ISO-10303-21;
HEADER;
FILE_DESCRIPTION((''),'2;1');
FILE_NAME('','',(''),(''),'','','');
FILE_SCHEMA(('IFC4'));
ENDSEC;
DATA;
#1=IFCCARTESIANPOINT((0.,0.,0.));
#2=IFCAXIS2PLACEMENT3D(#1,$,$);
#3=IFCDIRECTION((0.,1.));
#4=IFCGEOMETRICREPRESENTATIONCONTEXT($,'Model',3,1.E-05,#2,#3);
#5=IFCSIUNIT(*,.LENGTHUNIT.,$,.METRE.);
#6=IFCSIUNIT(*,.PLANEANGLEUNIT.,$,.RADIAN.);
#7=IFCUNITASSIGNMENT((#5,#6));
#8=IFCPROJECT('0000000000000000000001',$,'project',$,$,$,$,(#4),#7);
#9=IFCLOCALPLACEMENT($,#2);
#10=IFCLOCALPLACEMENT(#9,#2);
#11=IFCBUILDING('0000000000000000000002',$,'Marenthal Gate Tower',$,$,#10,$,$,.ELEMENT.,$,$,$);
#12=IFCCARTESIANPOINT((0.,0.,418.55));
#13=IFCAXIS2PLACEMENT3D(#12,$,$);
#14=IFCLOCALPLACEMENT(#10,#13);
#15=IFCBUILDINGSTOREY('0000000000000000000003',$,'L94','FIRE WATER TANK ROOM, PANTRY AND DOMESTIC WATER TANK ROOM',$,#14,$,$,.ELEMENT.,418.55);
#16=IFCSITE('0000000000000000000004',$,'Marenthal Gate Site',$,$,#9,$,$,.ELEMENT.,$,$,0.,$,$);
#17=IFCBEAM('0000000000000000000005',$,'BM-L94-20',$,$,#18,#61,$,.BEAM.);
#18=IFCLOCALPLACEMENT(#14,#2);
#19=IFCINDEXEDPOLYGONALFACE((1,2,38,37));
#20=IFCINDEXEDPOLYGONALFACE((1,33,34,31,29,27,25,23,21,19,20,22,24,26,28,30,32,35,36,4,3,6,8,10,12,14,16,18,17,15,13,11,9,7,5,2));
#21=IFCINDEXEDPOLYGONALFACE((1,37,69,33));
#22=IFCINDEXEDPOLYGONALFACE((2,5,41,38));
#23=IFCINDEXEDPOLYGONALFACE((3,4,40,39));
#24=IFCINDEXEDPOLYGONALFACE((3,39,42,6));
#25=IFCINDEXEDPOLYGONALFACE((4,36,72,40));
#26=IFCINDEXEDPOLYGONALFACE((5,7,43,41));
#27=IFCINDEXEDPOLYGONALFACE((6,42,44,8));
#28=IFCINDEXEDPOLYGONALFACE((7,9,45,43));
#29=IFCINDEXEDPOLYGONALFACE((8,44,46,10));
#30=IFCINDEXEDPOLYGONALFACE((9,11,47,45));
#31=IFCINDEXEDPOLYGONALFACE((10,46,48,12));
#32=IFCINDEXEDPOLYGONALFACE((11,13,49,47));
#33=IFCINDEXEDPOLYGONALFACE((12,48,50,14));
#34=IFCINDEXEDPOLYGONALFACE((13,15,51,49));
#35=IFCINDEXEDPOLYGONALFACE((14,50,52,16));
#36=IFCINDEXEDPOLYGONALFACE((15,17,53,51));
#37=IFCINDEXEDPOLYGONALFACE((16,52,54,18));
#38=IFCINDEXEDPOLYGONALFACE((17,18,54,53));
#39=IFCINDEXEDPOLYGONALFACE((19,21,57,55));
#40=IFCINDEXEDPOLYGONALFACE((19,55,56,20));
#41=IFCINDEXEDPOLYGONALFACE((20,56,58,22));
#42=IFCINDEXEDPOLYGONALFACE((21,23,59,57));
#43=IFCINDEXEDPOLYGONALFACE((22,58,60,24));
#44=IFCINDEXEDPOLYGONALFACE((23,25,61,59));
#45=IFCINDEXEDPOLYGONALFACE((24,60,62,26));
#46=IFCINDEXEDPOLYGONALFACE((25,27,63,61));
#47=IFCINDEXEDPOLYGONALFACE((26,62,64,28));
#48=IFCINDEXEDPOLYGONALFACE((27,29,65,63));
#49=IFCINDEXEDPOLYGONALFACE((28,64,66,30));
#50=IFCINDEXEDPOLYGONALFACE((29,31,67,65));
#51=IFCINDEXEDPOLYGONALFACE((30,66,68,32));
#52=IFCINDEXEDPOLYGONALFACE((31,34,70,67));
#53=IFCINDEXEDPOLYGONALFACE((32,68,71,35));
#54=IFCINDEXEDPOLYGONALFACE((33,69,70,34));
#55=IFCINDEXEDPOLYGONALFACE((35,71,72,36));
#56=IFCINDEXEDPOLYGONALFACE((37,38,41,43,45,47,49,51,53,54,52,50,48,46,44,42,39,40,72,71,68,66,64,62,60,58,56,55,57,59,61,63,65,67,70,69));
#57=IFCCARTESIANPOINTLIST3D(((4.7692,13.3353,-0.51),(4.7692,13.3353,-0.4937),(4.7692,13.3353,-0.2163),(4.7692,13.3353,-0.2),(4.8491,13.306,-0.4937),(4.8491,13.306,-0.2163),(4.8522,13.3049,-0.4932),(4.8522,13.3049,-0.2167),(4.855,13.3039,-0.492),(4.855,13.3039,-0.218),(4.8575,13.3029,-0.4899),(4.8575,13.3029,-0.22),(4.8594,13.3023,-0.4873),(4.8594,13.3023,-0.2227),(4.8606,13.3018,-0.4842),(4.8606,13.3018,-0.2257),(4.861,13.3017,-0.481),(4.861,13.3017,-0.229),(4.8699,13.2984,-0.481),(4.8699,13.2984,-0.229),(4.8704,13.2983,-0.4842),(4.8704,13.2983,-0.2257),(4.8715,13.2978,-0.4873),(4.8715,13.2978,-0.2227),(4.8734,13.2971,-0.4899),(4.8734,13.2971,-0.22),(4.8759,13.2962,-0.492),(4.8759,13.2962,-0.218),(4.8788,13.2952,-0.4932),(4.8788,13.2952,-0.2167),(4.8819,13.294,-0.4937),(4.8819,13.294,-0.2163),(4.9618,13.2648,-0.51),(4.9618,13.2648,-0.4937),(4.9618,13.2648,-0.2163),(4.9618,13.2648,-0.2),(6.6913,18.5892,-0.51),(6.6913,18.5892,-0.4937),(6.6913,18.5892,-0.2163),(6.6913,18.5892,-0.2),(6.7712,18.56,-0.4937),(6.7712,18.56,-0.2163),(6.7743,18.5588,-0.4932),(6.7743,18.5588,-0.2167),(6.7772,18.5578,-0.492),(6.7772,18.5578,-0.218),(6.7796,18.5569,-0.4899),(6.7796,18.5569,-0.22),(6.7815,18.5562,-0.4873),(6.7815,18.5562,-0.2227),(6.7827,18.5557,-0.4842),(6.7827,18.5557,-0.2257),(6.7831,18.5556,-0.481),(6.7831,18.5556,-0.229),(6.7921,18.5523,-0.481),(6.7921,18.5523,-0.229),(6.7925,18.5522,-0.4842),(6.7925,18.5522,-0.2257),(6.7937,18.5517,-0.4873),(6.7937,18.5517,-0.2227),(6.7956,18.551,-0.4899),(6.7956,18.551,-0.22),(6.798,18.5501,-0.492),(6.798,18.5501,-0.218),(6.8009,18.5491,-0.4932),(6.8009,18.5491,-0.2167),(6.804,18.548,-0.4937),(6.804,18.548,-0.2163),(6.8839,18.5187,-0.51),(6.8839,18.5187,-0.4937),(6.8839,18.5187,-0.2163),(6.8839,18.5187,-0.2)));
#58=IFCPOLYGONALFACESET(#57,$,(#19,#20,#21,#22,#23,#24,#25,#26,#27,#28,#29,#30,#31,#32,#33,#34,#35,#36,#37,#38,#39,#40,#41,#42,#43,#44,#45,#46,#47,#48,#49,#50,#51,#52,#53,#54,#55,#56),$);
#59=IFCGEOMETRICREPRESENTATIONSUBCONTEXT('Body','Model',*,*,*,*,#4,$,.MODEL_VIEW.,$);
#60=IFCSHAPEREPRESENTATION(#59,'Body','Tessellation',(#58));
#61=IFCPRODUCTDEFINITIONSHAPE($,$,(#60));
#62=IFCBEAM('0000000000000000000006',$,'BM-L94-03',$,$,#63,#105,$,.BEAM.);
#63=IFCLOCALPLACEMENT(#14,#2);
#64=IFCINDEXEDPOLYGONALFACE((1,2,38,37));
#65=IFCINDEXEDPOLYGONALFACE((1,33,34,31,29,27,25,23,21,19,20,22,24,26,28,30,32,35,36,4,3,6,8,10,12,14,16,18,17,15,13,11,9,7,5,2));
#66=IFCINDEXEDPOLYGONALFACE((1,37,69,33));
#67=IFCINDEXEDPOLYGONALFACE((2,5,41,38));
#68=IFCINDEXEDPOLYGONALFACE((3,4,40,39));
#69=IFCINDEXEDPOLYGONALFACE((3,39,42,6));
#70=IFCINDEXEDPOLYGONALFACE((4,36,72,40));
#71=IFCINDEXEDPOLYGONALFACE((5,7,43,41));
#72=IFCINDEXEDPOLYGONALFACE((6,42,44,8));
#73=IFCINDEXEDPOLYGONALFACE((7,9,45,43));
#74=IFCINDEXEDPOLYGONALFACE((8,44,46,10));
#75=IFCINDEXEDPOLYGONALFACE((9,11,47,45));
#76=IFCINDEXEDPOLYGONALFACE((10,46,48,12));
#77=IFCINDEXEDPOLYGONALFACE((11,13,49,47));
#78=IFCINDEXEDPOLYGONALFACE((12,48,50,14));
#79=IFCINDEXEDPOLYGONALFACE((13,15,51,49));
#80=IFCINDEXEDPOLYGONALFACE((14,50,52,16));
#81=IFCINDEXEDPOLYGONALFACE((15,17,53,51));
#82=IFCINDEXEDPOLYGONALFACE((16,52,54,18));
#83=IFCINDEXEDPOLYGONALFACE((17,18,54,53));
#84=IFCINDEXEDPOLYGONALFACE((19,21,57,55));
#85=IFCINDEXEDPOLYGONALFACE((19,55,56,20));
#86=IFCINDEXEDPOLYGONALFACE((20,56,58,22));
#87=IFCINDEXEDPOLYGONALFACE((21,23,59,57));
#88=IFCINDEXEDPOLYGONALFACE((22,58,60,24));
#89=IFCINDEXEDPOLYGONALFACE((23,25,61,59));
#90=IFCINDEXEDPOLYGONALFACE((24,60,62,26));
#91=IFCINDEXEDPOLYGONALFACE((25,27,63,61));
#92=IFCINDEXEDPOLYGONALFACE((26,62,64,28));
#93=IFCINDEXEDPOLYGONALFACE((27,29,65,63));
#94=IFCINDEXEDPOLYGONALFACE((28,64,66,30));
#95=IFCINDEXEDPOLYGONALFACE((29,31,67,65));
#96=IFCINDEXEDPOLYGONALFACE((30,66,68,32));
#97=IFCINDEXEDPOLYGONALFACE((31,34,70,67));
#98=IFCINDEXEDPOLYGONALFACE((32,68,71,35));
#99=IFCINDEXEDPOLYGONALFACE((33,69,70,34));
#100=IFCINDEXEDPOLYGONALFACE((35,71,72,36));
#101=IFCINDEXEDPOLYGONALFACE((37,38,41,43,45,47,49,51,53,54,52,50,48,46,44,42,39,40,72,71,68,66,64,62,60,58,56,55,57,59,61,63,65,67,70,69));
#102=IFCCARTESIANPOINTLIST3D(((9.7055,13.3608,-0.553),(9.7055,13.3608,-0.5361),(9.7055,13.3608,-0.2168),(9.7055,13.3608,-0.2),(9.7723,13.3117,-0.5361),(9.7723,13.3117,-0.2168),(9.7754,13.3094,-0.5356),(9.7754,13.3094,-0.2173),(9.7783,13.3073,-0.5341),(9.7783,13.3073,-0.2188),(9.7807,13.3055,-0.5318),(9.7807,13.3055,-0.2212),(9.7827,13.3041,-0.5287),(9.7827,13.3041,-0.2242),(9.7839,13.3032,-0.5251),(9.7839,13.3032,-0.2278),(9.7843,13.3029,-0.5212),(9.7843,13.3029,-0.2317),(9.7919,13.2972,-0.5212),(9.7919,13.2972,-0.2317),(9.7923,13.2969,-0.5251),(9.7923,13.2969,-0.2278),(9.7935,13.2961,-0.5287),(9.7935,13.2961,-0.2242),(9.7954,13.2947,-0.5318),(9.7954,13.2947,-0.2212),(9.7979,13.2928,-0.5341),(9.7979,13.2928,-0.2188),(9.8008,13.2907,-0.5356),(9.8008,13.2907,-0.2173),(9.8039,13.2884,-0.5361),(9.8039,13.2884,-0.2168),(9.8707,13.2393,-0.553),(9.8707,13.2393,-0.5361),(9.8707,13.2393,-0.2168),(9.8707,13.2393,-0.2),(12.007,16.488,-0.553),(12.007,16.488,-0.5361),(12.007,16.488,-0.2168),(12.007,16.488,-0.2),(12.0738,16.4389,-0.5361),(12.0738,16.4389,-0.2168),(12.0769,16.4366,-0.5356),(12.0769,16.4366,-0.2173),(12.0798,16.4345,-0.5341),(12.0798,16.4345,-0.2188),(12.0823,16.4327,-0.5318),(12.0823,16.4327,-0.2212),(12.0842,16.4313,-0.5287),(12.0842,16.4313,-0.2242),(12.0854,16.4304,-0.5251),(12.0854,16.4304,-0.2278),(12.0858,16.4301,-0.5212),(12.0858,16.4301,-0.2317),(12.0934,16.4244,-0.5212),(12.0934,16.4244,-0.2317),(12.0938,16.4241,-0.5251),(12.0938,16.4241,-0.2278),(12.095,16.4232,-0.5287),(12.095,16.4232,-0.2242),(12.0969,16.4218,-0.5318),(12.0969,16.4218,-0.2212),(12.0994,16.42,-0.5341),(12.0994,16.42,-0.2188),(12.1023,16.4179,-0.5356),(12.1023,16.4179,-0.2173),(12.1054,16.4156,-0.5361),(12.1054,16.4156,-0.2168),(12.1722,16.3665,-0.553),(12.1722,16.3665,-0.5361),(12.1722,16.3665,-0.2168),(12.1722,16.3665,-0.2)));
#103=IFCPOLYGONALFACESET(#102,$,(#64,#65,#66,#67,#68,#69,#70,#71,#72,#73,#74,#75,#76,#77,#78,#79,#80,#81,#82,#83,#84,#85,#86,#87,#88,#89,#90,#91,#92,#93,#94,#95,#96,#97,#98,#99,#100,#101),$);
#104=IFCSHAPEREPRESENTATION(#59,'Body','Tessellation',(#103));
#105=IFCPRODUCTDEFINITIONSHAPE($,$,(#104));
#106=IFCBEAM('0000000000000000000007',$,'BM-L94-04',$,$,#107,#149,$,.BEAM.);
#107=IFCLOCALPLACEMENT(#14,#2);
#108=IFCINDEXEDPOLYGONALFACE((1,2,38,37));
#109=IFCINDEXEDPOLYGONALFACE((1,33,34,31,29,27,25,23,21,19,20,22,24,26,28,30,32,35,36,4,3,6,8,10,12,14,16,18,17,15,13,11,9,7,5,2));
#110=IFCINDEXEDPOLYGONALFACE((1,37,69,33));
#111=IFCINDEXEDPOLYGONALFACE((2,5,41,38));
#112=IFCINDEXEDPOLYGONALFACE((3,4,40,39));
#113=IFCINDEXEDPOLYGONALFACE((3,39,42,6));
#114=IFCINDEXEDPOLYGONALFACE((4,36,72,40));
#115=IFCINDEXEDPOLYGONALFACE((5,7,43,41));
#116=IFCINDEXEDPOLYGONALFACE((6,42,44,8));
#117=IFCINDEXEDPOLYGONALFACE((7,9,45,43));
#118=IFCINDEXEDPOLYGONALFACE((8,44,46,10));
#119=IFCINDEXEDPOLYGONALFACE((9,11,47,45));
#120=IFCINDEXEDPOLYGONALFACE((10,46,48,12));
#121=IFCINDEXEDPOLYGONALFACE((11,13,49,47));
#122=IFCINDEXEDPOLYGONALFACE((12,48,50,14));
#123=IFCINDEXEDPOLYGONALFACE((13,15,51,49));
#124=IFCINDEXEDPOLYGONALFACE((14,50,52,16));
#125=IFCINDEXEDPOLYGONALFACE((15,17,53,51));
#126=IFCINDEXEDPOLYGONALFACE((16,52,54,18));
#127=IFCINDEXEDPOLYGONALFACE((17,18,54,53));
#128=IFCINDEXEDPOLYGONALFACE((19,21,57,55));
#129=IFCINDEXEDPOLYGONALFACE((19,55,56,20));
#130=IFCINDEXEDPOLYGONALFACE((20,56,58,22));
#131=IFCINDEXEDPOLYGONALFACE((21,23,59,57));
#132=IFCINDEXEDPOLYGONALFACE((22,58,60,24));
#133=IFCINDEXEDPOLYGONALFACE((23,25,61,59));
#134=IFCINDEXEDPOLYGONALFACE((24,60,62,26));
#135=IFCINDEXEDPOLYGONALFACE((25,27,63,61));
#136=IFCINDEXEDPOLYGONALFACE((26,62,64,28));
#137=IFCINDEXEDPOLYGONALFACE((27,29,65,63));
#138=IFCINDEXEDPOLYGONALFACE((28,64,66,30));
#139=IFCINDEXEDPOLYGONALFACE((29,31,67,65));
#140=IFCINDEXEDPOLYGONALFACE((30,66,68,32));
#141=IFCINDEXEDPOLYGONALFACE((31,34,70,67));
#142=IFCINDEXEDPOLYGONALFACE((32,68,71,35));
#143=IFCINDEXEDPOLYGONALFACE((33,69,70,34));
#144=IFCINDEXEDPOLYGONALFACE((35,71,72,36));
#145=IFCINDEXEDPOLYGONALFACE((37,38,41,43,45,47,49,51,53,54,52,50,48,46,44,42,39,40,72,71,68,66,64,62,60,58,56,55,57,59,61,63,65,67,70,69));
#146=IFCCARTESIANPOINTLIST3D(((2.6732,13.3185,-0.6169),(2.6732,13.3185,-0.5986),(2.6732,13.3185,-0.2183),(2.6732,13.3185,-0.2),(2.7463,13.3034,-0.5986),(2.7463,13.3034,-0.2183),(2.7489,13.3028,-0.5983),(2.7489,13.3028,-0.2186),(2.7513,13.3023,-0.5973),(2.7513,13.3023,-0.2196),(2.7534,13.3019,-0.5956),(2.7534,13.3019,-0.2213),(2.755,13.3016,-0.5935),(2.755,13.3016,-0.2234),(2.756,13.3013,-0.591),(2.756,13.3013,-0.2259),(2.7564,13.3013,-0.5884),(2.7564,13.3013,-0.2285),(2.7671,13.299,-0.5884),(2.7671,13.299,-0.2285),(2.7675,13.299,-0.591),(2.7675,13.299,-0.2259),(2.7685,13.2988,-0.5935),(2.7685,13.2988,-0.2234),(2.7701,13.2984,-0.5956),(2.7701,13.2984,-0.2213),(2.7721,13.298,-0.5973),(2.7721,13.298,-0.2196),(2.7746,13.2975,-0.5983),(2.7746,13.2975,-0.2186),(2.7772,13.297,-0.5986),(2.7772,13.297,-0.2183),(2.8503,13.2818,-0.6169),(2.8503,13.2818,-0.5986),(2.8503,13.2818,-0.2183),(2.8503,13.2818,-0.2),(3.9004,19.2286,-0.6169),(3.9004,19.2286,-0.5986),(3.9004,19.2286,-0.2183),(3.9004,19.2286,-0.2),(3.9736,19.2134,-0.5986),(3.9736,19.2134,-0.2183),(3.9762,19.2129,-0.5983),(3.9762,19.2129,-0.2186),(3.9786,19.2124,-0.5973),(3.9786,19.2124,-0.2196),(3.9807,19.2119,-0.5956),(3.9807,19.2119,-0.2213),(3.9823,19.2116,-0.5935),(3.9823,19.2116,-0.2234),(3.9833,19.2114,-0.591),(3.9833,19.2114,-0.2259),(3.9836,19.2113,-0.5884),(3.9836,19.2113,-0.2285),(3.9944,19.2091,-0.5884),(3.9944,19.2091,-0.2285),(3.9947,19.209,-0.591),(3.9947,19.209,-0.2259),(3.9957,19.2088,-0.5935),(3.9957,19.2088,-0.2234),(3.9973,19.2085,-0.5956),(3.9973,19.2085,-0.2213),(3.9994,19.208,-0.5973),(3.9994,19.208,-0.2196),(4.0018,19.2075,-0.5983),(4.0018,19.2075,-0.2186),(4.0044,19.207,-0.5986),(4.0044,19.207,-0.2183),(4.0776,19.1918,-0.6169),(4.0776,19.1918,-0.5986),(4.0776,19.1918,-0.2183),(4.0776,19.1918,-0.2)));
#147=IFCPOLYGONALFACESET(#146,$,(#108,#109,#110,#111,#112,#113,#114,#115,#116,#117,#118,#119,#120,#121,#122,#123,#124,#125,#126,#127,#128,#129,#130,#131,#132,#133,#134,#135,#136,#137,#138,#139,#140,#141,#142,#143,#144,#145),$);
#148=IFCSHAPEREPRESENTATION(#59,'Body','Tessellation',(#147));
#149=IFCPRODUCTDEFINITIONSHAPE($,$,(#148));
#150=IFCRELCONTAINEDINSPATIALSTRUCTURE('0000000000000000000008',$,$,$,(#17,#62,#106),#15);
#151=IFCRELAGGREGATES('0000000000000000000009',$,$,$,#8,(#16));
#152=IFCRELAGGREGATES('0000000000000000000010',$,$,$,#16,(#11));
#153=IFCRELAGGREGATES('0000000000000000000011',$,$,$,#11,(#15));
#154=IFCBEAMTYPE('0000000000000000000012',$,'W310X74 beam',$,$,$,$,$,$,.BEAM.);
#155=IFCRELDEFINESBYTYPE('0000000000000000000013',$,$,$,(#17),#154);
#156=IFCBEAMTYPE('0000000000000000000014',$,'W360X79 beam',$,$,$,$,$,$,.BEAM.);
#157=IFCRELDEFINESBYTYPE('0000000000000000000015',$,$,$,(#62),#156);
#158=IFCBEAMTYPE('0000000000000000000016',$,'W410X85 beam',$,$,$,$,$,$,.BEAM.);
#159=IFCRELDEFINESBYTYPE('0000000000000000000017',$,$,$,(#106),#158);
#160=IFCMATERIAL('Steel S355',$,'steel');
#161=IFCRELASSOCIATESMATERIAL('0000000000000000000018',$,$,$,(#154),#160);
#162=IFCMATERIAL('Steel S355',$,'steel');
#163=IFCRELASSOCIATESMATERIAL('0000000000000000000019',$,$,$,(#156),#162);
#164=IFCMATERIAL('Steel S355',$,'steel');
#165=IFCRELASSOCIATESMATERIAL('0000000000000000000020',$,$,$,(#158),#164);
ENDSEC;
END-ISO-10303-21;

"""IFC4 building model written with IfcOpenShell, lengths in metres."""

from ifc_helpers import new_model, si_unit, direction, frame, origin, origin_2d, place, context, subcontext, project, spatial, i_section, extrude, material, material_profile, profile_set, type_object, element, save


model = new_model("IFC4")

# Units and contexts
model_context = context("Model", 3, precision=1e-05, world=origin(), true_north=direction((0.0, 1.0)))
body_context = subcontext(model_context, "Body", "Model", "MODEL_VIEW")
ifc_project = project(units=[si_unit("LENGTHUNIT", "METRE"), si_unit("PLANEANGLEUNIT", "RADIAN")], contexts=[model_context])

# Site, building, storey
site_placement = place(None, origin())
site = spatial("IfcSite", under=ifc_project, at=site_placement, Name="Marenthal Gate Site", CompositionType="ELEMENT", RefElevation=0.0)
building_placement = place(site_placement, origin())
building = spatial("IfcBuilding", under=site, at=building_placement, Name="Marenthal Gate Tower", CompositionType="ELEMENT")
storey_placement = place(building_placement, frame((0.0, 0.0, 418.55)))
storey = spatial("IfcBuildingStorey", under=building, at=storey_placement, Name="L94", Description="FIRE WATER TANK ROOM, PANTRY AND DOMESTIC WATER TANK ROOM", CompositionType="ELEMENT", Elevation=418.55)

# Beams
ifc_material_1 = material(Name="Steel S355", Category="steel")
ifc_material_profile_1 = material_profile(ifc_material_1, i_section(OverallWidth=0.2051, OverallDepth=0.3101, WebThickness=0.0095, FlangeThickness=0.0164, FilletRadius=0.0127, at=origin_2d()), Name="W310X74")
ifc_profile_set_1 = profile_set([ifc_material_profile_1], Name="Steel S355")
beam_type_1 = type_object("IfcBeamType", Name="W310X74 beam", PredefinedType="BEAM", material=ifc_profile_set_1)
beam_1_placement = place(storey_placement, frame((6.7876, 18.554, -0.355), z_axis=(-0.343575, -0.939125, 0.0), x_axis=(0.939125, -0.343575, 0.0)))
element("IfcBeam", 1, at=beam_1_placement, inside=storey, type_object=beam_type_1, Name="BM-L94-20", PredefinedType="BEAM", context=body_context, shape_type="SweptSolid", body=[
    extrude(i_section(OverallWidth=0.2051, OverallDepth=0.3101, WebThickness=0.0095, FlangeThickness=0.0164, FilletRadius=0.0127, at=origin_2d()), origin(), (0.0, 0.0, 1.0), 5.5945),
])
ifc_material_2 = material(Name="Steel S355", Category="steel")
ifc_material_profile_2 = material_profile(ifc_material_2, i_section(OverallWidth=0.2051, OverallDepth=0.353, WebThickness=0.0095, FlangeThickness=0.0168, FilletRadius=0.0149, at=origin_2d()), Name="W360X79")
ifc_profile_set_2 = profile_set([ifc_material_profile_2], Name="Steel S355")
beam_type_2 = type_object("IfcBeamType", Name="W360X79 beam", PredefinedType="BEAM", material=ifc_profile_set_2)
beam_2_placement = place(storey_placement, frame((12.0896, 16.4272, -0.3765), z_axis=(-0.592742, -0.805392, 0.0), x_axis=(0.805392, -0.592742, 0.0)))
element("IfcBeam", 2, at=beam_2_placement, inside=storey, type_object=beam_type_2, Name="BM-L94-03", PredefinedType="BEAM", context=body_context, shape_type="SweptSolid", body=[
    extrude(i_section(OverallWidth=0.2051, OverallDepth=0.353, WebThickness=0.0095, FlangeThickness=0.0168, FilletRadius=0.0149, at=origin_2d()), origin(), (0.0, 0.0, 1.0), 3.8828),
])
ifc_material_3 = material(Name="Steel S355", Category="steel")
ifc_material_profile_3 = material_profile(ifc_material_3, i_section(OverallWidth=0.1809, OverallDepth=0.417, WebThickness=0.011, FlangeThickness=0.0183, FilletRadius=0.0103, at=origin_2d()), Name="W410X85")
ifc_profile_set_3 = profile_set([ifc_material_profile_3], Name="Steel S355")
beam_type_3 = type_object("IfcBeamType", Name="W410X85 beam", PredefinedType="BEAM", material=ifc_profile_set_3)
beam_3_placement = place(storey_placement, frame((3.989, 19.2102, -0.4084), z_axis=(-0.203321, -0.979112, 0.0), x_axis=(0.979112, -0.203321, 0.0)))
element("IfcBeam", 3, at=beam_3_placement, inside=storey, type_object=beam_type_3, Name="BM-L94-04", PredefinedType="BEAM", context=body_context, shape_type="SweptSolid", body=[
    extrude(i_section(OverallWidth=0.1809, OverallDepth=0.417, WebThickness=0.011, FlangeThickness=0.0183, FilletRadius=0.0103, at=origin_2d()), origin(), (0.0, 0.0, 1.0), 6.0361),
])

save(model, "model.ifc")
